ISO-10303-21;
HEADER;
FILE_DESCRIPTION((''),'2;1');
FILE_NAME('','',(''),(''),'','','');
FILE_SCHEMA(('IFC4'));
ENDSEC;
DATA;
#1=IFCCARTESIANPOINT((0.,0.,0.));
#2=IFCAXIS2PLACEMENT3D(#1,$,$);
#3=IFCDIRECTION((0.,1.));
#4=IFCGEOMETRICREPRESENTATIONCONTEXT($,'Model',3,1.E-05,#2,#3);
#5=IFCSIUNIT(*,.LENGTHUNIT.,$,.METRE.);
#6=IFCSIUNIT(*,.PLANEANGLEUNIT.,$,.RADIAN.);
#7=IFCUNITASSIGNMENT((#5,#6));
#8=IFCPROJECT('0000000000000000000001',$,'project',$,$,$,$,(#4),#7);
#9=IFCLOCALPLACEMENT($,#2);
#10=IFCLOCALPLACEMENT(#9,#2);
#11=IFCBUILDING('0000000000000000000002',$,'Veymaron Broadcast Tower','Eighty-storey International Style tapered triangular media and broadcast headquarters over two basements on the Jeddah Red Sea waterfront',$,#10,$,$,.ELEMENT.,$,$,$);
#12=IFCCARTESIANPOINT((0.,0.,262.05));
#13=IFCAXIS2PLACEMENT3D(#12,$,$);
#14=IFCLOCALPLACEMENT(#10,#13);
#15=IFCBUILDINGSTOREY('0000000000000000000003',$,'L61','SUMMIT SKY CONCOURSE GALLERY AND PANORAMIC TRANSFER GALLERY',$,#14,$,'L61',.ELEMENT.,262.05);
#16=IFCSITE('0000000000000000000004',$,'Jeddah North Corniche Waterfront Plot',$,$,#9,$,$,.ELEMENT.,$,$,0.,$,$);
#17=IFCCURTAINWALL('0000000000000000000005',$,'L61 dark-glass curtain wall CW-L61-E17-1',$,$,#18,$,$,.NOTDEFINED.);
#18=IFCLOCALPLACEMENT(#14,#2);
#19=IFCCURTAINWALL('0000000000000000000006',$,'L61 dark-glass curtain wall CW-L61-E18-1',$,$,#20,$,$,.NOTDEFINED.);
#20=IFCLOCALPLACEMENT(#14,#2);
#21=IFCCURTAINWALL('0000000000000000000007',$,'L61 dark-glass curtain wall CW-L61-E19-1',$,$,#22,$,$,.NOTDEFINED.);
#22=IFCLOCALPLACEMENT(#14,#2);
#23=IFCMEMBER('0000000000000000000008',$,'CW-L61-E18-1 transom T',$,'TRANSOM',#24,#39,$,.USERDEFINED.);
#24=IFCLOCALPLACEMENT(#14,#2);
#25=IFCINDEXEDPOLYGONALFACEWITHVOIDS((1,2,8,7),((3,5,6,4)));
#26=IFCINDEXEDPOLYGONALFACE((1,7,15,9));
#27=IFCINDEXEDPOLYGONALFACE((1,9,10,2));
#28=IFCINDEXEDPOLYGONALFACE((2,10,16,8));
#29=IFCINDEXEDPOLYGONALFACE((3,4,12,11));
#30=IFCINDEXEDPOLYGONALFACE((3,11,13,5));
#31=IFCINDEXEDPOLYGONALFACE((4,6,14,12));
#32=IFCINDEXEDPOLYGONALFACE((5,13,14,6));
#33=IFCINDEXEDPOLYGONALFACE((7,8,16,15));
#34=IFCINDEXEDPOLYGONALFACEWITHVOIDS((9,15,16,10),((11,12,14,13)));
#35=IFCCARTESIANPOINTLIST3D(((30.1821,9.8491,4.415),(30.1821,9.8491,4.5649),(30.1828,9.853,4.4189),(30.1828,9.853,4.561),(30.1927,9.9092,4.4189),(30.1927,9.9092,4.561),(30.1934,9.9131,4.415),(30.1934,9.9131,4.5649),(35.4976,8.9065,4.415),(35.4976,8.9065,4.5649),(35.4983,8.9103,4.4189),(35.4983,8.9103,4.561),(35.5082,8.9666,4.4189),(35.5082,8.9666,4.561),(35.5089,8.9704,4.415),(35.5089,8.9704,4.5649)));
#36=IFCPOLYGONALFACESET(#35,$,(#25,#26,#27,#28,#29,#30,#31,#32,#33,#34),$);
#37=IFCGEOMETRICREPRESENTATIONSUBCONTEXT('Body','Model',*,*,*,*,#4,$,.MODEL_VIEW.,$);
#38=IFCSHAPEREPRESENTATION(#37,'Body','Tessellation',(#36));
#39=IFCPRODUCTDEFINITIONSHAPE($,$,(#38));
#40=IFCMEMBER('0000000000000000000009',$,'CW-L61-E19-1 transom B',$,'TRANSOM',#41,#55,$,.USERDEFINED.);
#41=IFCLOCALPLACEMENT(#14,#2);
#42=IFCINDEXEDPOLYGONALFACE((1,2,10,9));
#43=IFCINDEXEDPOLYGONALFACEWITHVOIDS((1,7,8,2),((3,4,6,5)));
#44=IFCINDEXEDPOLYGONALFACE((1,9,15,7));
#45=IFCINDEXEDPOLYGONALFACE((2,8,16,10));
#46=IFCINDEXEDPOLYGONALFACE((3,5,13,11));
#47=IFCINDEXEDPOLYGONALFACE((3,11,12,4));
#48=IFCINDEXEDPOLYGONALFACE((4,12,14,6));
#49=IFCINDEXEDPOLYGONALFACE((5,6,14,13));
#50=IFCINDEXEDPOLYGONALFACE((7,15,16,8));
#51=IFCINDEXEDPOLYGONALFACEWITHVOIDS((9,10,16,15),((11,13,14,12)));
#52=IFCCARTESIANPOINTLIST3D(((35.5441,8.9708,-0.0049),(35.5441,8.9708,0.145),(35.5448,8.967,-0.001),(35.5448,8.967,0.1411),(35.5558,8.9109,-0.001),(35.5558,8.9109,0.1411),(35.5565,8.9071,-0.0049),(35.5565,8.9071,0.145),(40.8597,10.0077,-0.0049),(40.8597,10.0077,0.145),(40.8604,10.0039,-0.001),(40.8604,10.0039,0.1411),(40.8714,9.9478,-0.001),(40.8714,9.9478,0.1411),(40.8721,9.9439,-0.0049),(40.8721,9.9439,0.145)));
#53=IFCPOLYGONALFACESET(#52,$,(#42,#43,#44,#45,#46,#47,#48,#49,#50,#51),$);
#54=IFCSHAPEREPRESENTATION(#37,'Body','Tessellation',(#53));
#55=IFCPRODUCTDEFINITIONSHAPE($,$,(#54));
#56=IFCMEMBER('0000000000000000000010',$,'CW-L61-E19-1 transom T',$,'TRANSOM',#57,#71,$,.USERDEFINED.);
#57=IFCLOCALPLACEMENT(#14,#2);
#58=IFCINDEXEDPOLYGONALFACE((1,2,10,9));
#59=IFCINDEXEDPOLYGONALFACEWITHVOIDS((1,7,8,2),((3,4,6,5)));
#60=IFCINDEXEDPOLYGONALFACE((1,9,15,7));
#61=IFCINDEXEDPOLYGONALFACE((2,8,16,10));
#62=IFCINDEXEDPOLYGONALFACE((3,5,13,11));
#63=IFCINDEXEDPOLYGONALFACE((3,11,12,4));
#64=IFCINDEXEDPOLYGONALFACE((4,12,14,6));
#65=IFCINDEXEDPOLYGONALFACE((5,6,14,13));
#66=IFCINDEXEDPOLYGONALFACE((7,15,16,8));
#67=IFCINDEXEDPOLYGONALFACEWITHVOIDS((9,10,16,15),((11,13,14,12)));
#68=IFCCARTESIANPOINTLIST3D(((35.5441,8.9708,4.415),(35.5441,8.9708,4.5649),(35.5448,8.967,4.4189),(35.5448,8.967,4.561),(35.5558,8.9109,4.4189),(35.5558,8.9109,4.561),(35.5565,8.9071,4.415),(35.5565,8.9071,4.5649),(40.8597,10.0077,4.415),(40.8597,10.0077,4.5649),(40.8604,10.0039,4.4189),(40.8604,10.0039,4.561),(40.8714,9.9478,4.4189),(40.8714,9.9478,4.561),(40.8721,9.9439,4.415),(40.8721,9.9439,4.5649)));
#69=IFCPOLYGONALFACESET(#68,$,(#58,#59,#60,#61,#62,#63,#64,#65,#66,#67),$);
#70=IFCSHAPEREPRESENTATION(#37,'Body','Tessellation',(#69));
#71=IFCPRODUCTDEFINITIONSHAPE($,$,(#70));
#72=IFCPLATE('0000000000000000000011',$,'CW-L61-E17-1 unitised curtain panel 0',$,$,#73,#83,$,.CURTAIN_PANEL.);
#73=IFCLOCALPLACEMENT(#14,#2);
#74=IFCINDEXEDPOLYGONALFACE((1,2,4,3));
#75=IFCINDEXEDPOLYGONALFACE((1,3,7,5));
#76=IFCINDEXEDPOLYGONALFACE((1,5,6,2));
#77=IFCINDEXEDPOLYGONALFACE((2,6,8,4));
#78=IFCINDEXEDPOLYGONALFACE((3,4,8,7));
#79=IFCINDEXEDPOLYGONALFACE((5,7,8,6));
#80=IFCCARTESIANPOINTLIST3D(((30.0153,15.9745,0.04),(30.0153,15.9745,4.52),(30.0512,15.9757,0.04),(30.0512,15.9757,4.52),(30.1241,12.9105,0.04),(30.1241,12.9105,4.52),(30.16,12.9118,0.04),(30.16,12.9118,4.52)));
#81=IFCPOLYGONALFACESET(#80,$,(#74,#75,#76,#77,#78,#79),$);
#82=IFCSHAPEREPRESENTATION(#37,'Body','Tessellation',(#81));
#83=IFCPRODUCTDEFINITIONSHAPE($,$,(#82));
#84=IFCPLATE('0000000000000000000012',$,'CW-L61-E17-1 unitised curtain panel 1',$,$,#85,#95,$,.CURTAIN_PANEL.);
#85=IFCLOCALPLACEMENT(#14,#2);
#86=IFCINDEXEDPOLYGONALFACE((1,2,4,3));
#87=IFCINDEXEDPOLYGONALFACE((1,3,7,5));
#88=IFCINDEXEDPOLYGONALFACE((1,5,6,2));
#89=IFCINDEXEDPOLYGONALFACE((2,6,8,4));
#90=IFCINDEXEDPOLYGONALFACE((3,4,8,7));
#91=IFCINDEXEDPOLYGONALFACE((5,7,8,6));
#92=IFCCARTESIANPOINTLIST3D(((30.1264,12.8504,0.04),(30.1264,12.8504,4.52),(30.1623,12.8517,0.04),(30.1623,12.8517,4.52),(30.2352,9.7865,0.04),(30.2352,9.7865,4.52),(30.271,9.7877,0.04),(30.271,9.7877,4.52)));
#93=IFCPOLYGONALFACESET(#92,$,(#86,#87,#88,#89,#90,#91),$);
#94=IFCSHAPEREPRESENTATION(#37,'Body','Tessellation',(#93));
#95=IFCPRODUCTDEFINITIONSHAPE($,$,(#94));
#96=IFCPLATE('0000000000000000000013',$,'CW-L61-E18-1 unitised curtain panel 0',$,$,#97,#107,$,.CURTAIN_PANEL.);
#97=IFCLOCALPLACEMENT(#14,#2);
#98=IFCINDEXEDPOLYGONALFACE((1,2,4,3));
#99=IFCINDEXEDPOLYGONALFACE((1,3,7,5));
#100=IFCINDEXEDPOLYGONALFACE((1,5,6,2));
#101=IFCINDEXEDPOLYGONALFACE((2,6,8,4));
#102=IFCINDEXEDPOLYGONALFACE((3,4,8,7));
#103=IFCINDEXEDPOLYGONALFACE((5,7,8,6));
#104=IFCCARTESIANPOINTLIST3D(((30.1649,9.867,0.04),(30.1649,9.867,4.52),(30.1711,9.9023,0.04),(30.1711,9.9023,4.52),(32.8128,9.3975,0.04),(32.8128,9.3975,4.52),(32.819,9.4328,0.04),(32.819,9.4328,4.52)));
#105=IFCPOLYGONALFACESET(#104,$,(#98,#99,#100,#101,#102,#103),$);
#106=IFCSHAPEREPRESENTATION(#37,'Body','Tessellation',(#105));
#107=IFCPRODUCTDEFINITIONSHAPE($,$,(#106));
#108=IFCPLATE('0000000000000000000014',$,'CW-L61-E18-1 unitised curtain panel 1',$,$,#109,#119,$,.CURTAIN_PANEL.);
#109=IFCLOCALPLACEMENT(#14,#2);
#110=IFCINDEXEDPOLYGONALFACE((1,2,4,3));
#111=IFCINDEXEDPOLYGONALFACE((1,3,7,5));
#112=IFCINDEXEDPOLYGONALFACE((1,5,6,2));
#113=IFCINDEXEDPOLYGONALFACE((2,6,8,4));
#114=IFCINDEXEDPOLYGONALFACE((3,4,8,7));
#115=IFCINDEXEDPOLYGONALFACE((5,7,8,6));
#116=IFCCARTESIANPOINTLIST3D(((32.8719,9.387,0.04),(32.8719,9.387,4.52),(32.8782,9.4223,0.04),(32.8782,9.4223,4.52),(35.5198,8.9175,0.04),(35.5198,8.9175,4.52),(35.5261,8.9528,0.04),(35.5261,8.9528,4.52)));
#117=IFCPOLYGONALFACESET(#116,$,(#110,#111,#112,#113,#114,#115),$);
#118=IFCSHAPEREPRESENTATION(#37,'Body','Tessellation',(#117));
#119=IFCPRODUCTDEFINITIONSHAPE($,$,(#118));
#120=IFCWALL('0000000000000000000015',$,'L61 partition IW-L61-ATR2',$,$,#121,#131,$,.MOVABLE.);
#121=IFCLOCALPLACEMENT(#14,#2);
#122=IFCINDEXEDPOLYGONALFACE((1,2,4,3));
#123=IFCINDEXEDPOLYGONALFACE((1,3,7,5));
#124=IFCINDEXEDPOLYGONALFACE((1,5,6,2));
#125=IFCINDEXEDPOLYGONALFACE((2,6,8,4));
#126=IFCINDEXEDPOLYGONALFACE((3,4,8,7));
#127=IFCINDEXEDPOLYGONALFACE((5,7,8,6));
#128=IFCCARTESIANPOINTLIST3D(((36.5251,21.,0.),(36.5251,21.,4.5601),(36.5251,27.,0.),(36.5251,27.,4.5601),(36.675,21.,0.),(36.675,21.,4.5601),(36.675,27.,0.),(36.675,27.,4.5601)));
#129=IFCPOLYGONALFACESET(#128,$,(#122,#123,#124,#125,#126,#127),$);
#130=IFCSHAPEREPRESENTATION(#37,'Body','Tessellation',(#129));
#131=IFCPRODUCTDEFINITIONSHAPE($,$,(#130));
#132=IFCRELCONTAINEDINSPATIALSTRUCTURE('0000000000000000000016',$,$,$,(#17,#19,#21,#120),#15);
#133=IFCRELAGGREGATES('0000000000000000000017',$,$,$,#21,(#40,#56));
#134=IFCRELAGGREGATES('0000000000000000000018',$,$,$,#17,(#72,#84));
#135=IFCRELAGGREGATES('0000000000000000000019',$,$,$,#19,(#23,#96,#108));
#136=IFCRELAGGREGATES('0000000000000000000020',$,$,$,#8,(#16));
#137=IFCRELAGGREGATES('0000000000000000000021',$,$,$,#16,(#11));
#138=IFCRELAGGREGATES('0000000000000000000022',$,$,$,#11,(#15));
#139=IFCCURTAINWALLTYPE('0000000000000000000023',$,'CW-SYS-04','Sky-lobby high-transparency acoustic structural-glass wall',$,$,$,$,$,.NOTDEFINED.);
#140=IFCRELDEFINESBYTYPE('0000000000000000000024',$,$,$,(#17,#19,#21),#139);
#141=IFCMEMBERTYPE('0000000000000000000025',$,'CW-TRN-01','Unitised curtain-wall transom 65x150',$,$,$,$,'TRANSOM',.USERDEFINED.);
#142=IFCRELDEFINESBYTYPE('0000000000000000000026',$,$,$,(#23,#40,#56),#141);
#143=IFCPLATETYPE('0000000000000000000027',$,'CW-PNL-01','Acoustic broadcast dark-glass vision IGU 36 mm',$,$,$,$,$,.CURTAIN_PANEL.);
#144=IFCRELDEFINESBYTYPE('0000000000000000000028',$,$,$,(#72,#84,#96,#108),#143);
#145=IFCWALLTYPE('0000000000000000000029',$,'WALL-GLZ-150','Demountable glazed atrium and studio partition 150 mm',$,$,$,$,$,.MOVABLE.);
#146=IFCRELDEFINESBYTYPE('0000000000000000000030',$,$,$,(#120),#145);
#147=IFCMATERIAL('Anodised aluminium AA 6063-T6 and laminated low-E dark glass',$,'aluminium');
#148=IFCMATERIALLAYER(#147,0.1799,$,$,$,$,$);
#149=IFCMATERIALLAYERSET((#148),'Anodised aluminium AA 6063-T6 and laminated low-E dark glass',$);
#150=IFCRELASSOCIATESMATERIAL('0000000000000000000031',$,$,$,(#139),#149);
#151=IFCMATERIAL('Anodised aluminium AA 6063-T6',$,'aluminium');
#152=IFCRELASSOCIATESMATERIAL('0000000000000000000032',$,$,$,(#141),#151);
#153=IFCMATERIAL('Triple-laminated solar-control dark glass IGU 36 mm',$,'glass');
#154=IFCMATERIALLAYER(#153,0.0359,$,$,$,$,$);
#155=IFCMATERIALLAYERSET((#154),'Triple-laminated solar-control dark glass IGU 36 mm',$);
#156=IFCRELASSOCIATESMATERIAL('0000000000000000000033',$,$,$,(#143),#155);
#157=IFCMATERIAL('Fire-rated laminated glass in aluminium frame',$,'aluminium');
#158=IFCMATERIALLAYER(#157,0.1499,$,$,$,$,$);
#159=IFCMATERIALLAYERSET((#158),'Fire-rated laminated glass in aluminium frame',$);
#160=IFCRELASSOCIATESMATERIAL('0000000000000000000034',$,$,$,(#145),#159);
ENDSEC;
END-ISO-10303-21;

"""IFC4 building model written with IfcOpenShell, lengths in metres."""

from ifc_helpers import new_model, si_unit, direction, frame, frame_2d, origin, origin_2d, place, context, subcontext, project, spatial, rectangle, hollow_rectangle, extrude, material, layer, layer_set, material_profile, profile_set, type_object, element, aggregate, save


model = new_model("IFC4")

# Units and contexts
model_context = context("Model", 3, precision=1e-05, world=origin(), true_north=direction((0.0, 1.0)))
body_context = subcontext(model_context, "Body", "Model", "MODEL_VIEW")
ifc_project = project(units=[si_unit("LENGTHUNIT", "METRE"), si_unit("PLANEANGLEUNIT", "RADIAN")], contexts=[model_context])

# Site, building, storey
site_placement = place(None, origin())
site = spatial("IfcSite", under=ifc_project, at=site_placement, Name="Jeddah North Corniche Waterfront Plot", CompositionType="ELEMENT", RefElevation=0.0)
building_placement = place(site_placement, origin())
building = spatial("IfcBuilding", under=site, at=building_placement, Name="Veymaron Broadcast Tower", Description="Eighty-storey International Style tapered triangular media and broadcast headquarters over two basements on the Jeddah Red Sea waterfront", CompositionType="ELEMENT")
storey_placement = place(building_placement, frame((0.0, 0.0, 262.05)))
storey = spatial("IfcBuildingStorey", under=building, at=storey_placement, Name="L61", Description="SUMMIT SKY CONCOURSE GALLERY AND PANORAMIC TRANSFER GALLERY", LongName="L61", CompositionType="ELEMENT", Elevation=262.05)

# Curtain walls
ifc_material_1 = material(Name="Anodised aluminium AA 6063-T6 and laminated low-E dark glass", Category="aluminium")
ifc_layer_1 = layer(ifc_material_1, 0.1799)
ifc_layer_set_1 = layer_set([ifc_layer_1], Name="Anodised aluminium AA 6063-T6 and laminated low-E dark glass")
curtain_wall_type = type_object("IfcCurtainWallType", Name="CW-SYS-04", Description="Sky-lobby high-transparency acoustic structural-glass wall", PredefinedType="NOTDEFINED", material=ifc_layer_set_1)
curtain_wall_1_placement = place(storey_placement, origin())
curtain_wall_1 = element("IfcCurtainWall", 1, at=curtain_wall_1_placement, inside=storey, type_object=curtain_wall_type, Name="L61 dark-glass curtain wall CW-L61-E17-1", PredefinedType="NOTDEFINED")
ifc_material_2 = material(Name="Anodised aluminium AA 6063-T6", Category="aluminium")
curtain_wall_2_placement = place(storey_placement, origin())
curtain_wall_2 = element("IfcCurtainWall", 2, at=curtain_wall_2_placement, inside=storey, type_object=curtain_wall_type, Name="L61 dark-glass curtain wall CW-L61-E18-1", PredefinedType="NOTDEFINED")

# Curtain wall
curtain_wall_3_placement = place(storey_placement, origin())
curtain_wall_3 = element("IfcCurtainWall", 3, at=curtain_wall_3_placement, inside=storey, type_object=curtain_wall_type, Name="L61 dark-glass curtain wall CW-L61-E19-1", PredefinedType="NOTDEFINED")

# Members
ifc_material_profile_1 = material_profile(ifc_material_2, hollow_rectangle(XDim=0.0649, YDim=0.1499, WallThickness=0.0039, at=origin_2d()), Name="AL150X65X4")
ifc_profile_set_1 = profile_set([ifc_material_profile_1], Name="Anodised aluminium AA 6063-T6")
member_type_1 = type_object("IfcMemberType", Name="CW-TRN-01", Description="Unitised curtain-wall transom 65x150", ElementType="TRANSOM", PredefinedType="USERDEFINED", material=ifc_profile_set_1)
member_1_placement = place(storey_placement, frame((30.1877, 9.8811, 4.49), z_axis=(0.984637, -0.174613, 0.0), x_axis=(0.174613, 0.984637, 0.0)))
member_1 = element("IfcMember", 4, at=member_1_placement, type_object=member_type_1, Name="CW-L61-E18-1 transom T", ObjectType="TRANSOM", PredefinedType="USERDEFINED", context=body_context, shape_type="SweptSolid", body=[
    extrude(hollow_rectangle(XDim=0.0649, YDim=0.1499, WallThickness=0.0039, at=origin_2d()), origin(), (0.0, 0.0, 1.0), 5.3984),
])
member_2_placement = place(storey_placement, frame((35.5503, 8.939, 0.0701), z_axis=(0.981502, 0.19145, 0.0), x_axis=(-0.19145, 0.981502, 0.0)))
member_2 = element("IfcMember", 5, at=member_2_placement, type_object=member_type_1, Name="CW-L61-E19-1 transom B", ObjectType="TRANSOM", PredefinedType="USERDEFINED", context=body_context, shape_type="SweptSolid", body=[
    extrude(hollow_rectangle(XDim=0.0649, YDim=0.1499, WallThickness=0.0039, at=origin_2d()), origin(), (0.0, 0.0, 1.0), 5.4158),
])
member_3_placement = place(storey_placement, frame((35.5503, 8.939, 4.49), z_axis=(0.981502, 0.19145, 0.0), x_axis=(-0.19145, 0.981502, 0.0)))
member_3 = element("IfcMember", 6, at=member_3_placement, type_object=member_type_1, Name="CW-L61-E19-1 transom T", ObjectType="TRANSOM", PredefinedType="USERDEFINED", context=body_context, shape_type="SweptSolid", body=[
    extrude(hollow_rectangle(XDim=0.0649, YDim=0.1499, WallThickness=0.0039, at=origin_2d()), origin(), (0.0, 0.0, 1.0), 5.4158),
])
aggregate(curtain_wall_3, [member_2, member_3])

# Plates
ifc_material_3 = material(Name="Triple-laminated solar-control dark glass IGU 36 mm", Category="glass")
ifc_layer_2 = layer(ifc_material_3, 0.0359)
ifc_layer_set_2 = layer_set([ifc_layer_2], Name="Triple-laminated solar-control dark glass IGU 36 mm")
plate_type = type_object("IfcPlateType", Name="CW-PNL-01", Description="Acoustic broadcast dark-glass vision IGU 36 mm", PredefinedType="CURTAIN_PANEL", material=ifc_layer_set_2)
plate_1_placement = place(storey_placement, frame((30.0876, 14.4431, 0.04), z_axis=(0.0, 0.0, 1.0), x_axis=(0.035475, -0.999371, 0.0)))
plate_1 = element("IfcPlate", 7, at=plate_1_placement, type_object=plate_type, Name="CW-L61-E17-1 unitised curtain panel 0", PredefinedType="CURTAIN_PANEL", context=body_context, shape_type="SweptSolid", body=[
    extrude(rectangle(XDim=3.0659, YDim=0.0359, at=origin_2d()), origin(), (0.0, 0.0, 1.0), 4.48),
])
plate_2_placement = place(storey_placement, frame((30.1987, 11.3191, 0.04), z_axis=(0.0, 0.0, 1.0), x_axis=(0.035475, -0.999371, 0.0)))
plate_2 = element("IfcPlate", 8, at=plate_2_placement, type_object=plate_type, Name="CW-L61-E17-1 unitised curtain panel 1", PredefinedType="CURTAIN_PANEL", context=body_context, shape_type="SweptSolid", body=[
    extrude(rectangle(XDim=3.0659, YDim=0.0359, at=origin_2d()), origin(), (0.0, 0.0, 1.0), 4.48),
])
aggregate(curtain_wall_1, [plate_1, plate_2])
plate_3_placement = place(storey_placement, frame((31.4919, 9.6499, 0.04), z_axis=(0.0, 0.0, 1.0), x_axis=(0.984641, -0.174593, 0.0)))
plate_3 = element("IfcPlate", 9, at=plate_3_placement, type_object=plate_type, Name="CW-L61-E18-1 unitised curtain panel 0", PredefinedType="CURTAIN_PANEL", context=body_context, shape_type="SweptSolid", body=[
    extrude(rectangle(XDim=2.6892, YDim=0.0359, at=origin_2d()), origin(), (0.0, 0.0, 1.0), 4.48),
])
plate_4_placement = place(storey_placement, frame((34.199, 9.1699, 0.04), z_axis=(0.0, 0.0, 1.0), x_axis=(0.984641, -0.174593, 0.0)))
plate_4 = element("IfcPlate", 10, at=plate_4_placement, type_object=plate_type, Name="CW-L61-E18-1 unitised curtain panel 1", PredefinedType="CURTAIN_PANEL", context=body_context, shape_type="SweptSolid", body=[
    extrude(rectangle(XDim=2.6892, YDim=0.0359, at=origin_2d()), origin(), (0.0, 0.0, 1.0), 4.48),
])
aggregate(curtain_wall_2, [member_1, plate_3, plate_4])

# Wall
ifc_material_4 = material(Name="Fire-rated laminated glass in aluminium frame", Category="aluminium")
ifc_layer_3 = layer(ifc_material_4, 0.1499)
ifc_layer_set_3 = layer_set([ifc_layer_3], Name="Fire-rated laminated glass in aluminium frame")
wall_type = type_object("IfcWallType", Name="WALL-GLZ-150", Description="Demountable glazed atrium and studio partition 150 mm", PredefinedType="MOVABLE", material=ifc_layer_set_3)
wall_placement = place(storey_placement, frame((36.6001, 21.0, 0.0), z_axis=(0.0, 0.0, 1.0), x_axis=(0.0, 1.0, 0.0)))
element("IfcWall", 11, at=wall_placement, inside=storey, type_object=wall_type, Name="L61 partition IW-L61-ATR2", PredefinedType="MOVABLE", context=body_context, shape_type="SweptSolid", body=[
    extrude(rectangle(XDim=6.0, YDim=0.1499, at=frame_2d((3.0, 0.0))), origin(), (0.0, 0.0, 1.0), 4.5601),
])

save(model, "model.ifc")
